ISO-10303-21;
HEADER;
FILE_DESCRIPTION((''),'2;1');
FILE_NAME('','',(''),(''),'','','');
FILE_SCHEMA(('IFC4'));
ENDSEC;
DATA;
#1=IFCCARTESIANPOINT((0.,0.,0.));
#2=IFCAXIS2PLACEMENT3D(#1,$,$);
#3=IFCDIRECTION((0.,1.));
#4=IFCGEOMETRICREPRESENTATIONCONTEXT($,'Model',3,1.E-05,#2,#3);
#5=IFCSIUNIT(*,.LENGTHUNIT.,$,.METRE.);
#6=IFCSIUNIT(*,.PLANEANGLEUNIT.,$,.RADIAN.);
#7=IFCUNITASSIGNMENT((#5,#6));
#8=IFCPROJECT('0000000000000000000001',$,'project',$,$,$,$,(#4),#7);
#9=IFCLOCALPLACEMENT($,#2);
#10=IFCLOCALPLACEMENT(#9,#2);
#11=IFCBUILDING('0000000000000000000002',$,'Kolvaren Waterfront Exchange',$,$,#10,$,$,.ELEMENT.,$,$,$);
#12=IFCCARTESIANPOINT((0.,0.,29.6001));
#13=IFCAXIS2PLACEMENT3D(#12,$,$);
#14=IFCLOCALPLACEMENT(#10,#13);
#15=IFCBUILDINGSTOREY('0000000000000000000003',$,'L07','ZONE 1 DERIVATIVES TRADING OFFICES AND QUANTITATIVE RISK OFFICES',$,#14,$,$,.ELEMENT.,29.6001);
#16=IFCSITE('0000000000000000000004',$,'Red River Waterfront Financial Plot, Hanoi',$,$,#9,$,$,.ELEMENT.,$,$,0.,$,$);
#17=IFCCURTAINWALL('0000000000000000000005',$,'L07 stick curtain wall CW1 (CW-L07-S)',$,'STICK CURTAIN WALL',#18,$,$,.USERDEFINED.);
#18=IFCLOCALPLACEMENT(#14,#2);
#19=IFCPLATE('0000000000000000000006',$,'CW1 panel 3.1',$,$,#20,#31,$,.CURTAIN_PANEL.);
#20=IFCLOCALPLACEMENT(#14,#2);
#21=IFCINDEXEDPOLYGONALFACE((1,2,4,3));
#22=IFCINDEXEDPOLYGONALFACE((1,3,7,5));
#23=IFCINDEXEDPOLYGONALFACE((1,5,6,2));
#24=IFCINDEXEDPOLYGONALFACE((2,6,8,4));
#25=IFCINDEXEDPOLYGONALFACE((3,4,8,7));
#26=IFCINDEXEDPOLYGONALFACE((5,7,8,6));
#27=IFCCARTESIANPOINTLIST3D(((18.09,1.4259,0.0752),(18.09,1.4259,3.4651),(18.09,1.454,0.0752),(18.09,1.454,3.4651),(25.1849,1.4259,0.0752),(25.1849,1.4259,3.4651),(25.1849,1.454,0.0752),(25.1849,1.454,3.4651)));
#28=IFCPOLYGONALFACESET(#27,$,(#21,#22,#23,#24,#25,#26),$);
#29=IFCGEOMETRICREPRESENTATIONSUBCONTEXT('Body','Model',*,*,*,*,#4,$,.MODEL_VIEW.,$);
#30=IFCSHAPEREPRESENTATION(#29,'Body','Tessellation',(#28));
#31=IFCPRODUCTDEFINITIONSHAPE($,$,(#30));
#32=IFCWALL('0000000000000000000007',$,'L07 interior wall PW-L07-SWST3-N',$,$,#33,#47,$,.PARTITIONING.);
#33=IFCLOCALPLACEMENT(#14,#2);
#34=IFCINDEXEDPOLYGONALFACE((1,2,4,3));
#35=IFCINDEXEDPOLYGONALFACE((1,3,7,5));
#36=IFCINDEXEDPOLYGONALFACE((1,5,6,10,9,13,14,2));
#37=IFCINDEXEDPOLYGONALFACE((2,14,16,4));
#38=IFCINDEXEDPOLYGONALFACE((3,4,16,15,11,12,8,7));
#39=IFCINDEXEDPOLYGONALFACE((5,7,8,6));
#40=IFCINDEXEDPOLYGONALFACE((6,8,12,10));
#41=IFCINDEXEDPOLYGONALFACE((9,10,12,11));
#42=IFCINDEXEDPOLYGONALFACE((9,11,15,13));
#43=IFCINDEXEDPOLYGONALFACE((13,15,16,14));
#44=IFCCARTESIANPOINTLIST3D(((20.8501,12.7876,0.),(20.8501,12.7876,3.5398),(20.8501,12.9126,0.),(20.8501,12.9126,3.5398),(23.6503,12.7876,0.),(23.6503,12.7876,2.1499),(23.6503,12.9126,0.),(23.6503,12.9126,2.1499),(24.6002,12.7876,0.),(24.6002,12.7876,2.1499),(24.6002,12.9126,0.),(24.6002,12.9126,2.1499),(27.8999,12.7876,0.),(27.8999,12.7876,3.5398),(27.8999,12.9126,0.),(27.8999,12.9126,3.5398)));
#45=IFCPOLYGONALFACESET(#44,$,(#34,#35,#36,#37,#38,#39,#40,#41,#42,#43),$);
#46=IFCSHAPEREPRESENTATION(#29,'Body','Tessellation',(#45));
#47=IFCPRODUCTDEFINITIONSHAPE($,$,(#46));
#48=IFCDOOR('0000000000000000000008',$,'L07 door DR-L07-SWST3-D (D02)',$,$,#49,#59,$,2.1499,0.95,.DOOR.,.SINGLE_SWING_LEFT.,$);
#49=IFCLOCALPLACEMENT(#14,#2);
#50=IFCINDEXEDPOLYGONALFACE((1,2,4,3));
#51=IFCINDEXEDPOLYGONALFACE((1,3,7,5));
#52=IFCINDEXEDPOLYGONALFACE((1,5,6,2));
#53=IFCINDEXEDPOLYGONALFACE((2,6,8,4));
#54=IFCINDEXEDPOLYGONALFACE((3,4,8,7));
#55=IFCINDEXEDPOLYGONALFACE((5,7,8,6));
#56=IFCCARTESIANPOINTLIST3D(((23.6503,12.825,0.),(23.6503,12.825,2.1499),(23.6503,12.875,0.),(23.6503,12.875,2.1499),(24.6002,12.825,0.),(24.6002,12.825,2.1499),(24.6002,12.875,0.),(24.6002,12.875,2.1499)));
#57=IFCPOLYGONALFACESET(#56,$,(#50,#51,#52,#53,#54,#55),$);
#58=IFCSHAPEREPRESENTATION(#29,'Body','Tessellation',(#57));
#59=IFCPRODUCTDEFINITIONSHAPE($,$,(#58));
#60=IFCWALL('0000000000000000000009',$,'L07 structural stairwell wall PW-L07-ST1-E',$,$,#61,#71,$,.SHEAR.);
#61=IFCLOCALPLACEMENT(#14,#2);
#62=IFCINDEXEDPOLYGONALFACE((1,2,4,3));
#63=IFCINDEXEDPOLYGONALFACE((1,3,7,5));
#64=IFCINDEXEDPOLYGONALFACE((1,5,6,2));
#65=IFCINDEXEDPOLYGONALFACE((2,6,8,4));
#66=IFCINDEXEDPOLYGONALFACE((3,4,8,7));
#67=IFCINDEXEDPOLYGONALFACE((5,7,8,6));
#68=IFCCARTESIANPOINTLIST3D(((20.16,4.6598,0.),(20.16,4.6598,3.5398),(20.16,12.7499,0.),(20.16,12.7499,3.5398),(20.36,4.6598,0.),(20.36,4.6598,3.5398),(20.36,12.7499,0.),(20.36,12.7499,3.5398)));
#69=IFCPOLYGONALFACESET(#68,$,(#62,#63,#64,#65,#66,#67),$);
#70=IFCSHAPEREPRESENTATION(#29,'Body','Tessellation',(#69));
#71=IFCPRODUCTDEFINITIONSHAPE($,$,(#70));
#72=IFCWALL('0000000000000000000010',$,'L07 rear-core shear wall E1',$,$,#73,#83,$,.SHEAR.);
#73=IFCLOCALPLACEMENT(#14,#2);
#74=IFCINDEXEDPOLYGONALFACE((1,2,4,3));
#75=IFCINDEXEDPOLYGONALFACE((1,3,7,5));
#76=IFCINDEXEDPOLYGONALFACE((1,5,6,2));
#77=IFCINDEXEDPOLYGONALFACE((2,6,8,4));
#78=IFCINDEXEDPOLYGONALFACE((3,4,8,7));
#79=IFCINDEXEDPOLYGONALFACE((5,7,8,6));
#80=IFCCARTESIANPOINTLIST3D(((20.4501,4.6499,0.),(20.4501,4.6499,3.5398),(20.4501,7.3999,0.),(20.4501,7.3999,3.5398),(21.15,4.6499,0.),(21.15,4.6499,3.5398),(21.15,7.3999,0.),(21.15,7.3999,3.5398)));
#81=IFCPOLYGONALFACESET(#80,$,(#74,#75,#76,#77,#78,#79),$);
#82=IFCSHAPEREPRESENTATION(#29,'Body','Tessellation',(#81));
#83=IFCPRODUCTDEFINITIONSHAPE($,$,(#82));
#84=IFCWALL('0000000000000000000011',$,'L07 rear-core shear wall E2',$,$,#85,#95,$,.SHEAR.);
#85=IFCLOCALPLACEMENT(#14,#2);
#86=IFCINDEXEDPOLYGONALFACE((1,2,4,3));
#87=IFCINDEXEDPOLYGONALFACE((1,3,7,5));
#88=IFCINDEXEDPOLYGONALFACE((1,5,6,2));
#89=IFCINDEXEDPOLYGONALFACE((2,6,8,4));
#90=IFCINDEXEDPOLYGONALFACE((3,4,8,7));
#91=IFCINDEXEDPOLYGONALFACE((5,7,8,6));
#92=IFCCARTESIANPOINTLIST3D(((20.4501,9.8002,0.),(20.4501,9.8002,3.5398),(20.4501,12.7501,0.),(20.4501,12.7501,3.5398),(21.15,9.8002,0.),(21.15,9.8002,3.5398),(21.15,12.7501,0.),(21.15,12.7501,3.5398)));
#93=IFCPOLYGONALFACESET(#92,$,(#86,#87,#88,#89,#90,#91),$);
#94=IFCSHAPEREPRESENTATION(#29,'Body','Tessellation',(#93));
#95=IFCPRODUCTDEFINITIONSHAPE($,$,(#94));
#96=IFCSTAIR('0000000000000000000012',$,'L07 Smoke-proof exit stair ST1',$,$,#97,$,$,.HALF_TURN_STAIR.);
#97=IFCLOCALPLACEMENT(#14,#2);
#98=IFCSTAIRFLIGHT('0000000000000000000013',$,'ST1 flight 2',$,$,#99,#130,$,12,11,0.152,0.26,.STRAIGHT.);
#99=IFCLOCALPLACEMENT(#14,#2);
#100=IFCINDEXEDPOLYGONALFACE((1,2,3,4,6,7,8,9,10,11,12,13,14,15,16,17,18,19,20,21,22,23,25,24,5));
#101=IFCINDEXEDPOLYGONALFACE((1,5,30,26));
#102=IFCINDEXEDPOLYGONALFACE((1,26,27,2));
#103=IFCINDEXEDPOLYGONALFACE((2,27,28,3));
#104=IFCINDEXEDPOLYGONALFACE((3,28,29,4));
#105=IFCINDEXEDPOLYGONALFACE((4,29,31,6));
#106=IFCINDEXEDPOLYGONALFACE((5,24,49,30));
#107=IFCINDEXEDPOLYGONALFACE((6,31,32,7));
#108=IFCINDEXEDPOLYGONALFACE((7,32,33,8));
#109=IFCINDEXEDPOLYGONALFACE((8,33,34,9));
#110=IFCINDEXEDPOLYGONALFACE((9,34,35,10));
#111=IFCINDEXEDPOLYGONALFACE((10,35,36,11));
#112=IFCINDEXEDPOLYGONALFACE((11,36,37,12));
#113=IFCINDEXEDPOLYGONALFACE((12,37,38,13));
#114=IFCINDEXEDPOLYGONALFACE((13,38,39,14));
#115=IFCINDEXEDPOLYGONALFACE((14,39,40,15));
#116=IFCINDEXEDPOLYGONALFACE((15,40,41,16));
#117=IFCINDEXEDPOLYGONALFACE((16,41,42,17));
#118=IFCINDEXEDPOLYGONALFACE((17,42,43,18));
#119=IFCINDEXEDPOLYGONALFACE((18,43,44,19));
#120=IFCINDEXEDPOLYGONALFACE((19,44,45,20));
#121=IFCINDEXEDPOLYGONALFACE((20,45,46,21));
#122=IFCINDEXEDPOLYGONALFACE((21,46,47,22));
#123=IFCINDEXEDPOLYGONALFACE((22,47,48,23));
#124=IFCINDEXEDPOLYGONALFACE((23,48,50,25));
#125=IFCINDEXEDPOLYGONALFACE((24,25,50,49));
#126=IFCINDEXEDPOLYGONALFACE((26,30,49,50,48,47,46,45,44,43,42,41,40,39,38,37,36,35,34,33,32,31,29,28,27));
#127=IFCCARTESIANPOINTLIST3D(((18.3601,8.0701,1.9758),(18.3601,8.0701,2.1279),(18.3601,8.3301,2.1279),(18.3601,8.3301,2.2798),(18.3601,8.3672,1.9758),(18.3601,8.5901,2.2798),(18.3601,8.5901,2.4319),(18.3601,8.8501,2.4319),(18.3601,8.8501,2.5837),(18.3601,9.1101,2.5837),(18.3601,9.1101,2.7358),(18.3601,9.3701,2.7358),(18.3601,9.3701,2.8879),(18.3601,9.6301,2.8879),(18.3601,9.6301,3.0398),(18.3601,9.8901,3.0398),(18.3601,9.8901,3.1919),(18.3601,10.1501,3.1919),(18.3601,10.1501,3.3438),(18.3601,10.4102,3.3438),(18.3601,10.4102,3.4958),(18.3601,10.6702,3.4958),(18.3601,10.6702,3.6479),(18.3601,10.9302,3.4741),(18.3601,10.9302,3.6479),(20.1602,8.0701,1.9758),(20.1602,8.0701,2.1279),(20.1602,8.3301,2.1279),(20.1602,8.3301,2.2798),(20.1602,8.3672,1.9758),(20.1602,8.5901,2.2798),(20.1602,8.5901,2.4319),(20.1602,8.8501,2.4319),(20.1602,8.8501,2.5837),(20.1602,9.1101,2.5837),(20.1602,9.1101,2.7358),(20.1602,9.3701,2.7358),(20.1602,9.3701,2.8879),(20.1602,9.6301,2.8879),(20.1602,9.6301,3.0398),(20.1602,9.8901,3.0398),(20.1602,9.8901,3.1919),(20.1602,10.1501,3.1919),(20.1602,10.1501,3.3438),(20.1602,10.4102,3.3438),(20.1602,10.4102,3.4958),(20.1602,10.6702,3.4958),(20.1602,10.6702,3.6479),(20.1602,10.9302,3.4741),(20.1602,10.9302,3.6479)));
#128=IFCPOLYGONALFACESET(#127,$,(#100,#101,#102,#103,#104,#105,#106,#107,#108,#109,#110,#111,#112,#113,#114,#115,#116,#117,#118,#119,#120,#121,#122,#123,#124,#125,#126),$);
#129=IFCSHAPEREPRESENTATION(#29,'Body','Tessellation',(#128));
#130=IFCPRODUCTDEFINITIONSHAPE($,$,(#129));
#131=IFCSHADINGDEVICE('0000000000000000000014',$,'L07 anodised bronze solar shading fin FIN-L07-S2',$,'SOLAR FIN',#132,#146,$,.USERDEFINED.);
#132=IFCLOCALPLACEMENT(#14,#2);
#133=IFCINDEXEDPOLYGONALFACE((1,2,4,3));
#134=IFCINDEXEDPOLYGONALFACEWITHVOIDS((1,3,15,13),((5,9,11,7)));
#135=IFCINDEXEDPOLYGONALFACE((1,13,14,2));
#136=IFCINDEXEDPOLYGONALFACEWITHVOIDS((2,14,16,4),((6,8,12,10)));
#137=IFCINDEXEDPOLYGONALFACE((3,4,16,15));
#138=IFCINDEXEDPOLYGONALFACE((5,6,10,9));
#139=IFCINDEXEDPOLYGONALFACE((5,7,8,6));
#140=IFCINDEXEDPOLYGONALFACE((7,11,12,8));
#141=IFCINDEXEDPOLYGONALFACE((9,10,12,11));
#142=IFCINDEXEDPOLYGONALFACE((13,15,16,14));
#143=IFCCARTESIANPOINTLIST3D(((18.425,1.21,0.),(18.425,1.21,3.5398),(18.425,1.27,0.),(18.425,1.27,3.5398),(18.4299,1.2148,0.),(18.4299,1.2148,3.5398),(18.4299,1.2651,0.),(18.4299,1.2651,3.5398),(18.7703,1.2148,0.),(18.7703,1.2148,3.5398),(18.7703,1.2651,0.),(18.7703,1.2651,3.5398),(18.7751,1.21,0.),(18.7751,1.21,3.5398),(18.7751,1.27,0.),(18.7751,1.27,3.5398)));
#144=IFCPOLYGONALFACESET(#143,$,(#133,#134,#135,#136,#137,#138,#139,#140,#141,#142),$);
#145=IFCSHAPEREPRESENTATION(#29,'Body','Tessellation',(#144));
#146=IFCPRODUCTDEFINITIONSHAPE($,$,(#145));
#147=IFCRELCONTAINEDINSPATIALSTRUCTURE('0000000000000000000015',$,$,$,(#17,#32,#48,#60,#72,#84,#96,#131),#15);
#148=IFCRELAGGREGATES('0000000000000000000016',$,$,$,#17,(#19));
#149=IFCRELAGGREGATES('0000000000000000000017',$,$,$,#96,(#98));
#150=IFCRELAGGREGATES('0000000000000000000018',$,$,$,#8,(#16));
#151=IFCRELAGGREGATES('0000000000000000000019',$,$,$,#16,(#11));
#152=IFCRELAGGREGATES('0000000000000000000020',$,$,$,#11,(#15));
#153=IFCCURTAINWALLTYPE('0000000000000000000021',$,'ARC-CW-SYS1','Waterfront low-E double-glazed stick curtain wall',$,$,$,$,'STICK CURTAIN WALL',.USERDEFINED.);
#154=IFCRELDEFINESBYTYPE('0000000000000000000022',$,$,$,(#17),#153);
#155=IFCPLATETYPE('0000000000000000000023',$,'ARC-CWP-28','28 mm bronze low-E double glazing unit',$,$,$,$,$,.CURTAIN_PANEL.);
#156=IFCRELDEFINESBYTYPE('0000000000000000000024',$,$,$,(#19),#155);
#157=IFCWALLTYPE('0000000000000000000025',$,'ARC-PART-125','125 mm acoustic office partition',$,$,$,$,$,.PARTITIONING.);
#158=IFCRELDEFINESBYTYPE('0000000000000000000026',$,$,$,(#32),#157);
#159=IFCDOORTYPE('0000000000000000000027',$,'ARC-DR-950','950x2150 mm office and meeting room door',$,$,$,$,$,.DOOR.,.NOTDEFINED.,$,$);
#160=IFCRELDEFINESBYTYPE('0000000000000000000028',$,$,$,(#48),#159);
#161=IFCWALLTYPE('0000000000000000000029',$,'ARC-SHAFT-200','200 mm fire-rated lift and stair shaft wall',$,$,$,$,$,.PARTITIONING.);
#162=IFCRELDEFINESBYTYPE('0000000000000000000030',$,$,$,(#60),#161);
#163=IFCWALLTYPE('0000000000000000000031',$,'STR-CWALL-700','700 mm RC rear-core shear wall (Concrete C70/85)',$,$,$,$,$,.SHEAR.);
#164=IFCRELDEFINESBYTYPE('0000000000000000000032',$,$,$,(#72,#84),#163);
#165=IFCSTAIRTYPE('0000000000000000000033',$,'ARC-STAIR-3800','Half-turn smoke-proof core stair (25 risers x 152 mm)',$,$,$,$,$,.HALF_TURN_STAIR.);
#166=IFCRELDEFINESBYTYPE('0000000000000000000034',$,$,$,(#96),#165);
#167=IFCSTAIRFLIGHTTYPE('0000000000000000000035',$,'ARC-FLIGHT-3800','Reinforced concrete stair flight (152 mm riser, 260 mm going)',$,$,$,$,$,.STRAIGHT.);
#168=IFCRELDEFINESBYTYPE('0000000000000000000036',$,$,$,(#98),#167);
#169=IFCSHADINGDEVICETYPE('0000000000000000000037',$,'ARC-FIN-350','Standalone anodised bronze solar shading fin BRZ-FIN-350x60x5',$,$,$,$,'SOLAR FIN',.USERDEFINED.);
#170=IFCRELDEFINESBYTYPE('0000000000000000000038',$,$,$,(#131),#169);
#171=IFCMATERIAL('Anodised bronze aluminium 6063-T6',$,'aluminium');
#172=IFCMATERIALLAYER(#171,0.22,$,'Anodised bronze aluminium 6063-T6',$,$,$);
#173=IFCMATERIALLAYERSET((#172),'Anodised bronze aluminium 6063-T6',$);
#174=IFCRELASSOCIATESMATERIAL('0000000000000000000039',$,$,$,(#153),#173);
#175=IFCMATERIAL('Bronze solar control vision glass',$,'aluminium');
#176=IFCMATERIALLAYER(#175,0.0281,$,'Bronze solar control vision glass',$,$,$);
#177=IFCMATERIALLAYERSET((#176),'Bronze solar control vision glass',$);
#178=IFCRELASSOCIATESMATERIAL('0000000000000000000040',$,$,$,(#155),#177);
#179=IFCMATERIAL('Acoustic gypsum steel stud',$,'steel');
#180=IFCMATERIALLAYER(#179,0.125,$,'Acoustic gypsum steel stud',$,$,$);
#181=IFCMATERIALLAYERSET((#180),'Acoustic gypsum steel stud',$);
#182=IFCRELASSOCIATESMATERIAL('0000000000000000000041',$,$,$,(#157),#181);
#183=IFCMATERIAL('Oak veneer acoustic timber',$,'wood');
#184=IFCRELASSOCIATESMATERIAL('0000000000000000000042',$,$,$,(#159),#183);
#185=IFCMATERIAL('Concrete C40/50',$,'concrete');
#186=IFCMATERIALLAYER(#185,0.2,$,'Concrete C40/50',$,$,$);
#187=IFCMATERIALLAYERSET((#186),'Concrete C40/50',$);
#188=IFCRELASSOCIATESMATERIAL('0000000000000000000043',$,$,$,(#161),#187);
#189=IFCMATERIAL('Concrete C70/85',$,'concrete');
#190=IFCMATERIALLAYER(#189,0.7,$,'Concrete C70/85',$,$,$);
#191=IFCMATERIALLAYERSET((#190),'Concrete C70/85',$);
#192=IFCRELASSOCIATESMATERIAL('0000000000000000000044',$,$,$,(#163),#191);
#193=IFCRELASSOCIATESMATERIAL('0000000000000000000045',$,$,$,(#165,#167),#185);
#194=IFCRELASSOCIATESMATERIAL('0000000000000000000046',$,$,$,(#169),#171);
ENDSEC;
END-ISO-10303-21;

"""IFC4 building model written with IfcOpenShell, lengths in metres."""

from ifc_helpers import new_model, si_unit, direction, frame, frame_2d, origin, origin_with_axes, origin_2d, place, context, subcontext, project, spatial, polyline, rectangle, hollow_rectangle, outline, extrude, source, transform, mapped, material, layer, layer_set, material_profile, profile_set, type_object, element, fill, aggregate, save


model = new_model("IFC4")

# Units and contexts
model_context = context("Model", 3, precision=1e-05, world=origin(), true_north=direction((0.0, 1.0)))
body_context = subcontext(model_context, "Body", "Model", "MODEL_VIEW")
ifc_project = project(units=[si_unit("LENGTHUNIT", "METRE"), si_unit("PLANEANGLEUNIT", "RADIAN")], contexts=[model_context])

# Site, building, storey
site_placement = place(None, origin())
site = spatial("IfcSite", under=ifc_project, at=site_placement, Name="Red River Waterfront Financial Plot, Hanoi", CompositionType="ELEMENT", RefElevation=0.0)
building_placement = place(site_placement, origin())
building = spatial("IfcBuilding", under=site, at=building_placement, Name="Kolvaren Waterfront Exchange", CompositionType="ELEMENT")
storey_placement = place(building_placement, frame((0.0, 0.0, 29.6001)))
storey = spatial("IfcBuildingStorey", under=building, at=storey_placement, Name="L07", Description="ZONE 1 DERIVATIVES TRADING OFFICES AND QUANTITATIVE RISK OFFICES", CompositionType="ELEMENT", Elevation=29.6001)

# Shared definitions
ifc_material_1 = material(Name="Concrete C70/85", Category="concrete")

# Curtain wall, plate
ifc_material_2 = material(Name="Anodised bronze aluminium 6063-T6", Category="aluminium")
ifc_layer_1 = layer(ifc_material_2, 0.22, Name="Anodised bronze aluminium 6063-T6")
ifc_layer_set_1 = layer_set([ifc_layer_1], Name="Anodised bronze aluminium 6063-T6")
curtain_wall_type = type_object("IfcCurtainWallType", Name="ARC-CW-SYS1", Description="Waterfront low-E double-glazed stick curtain wall", ElementType="STICK CURTAIN WALL", PredefinedType="USERDEFINED", material=ifc_layer_set_1)
curtain_wall_placement = place(storey_placement, origin())
curtain_wall = element("IfcCurtainWall", 1, at=curtain_wall_placement, inside=storey, type_object=curtain_wall_type, Name="L07 stick curtain wall CW1 (CW-L07-S)", ObjectType="STICK CURTAIN WALL", PredefinedType="USERDEFINED")
ifc_material_3 = material(Name="Bronze solar control vision glass", Category="aluminium")
ifc_layer_2 = layer(ifc_material_3, 0.0281, Name="Bronze solar control vision glass")
ifc_layer_set_2 = layer_set([ifc_layer_2], Name="Bronze solar control vision glass")
plate_type = type_object("IfcPlateType", Name="ARC-CWP-28", Description="28 mm bronze low-E double glazing unit", PredefinedType="CURTAIN_PANEL", material=ifc_layer_set_2)
shared_shape_1 = source(origin_with_axes(), body_context, "Body", "SweptSolid", [
    extrude(rectangle(XDim=7.095, YDim=0.0281, at=origin_2d()), origin(), (0.0, 0.0, 1.0), 3.3899),
])
plate_placement = place(storey_placement, frame((21.6375, 1.4399, 0.0752), z_axis=(0.0, 0.0, 1.0), x_axis=(1.0, 0.0, 0.0)))
plate = element("IfcPlate", 2, at=plate_placement, type_object=plate_type, Name="CW1 panel 3.1", PredefinedType="CURTAIN_PANEL", context=body_context, shape_type="MappedRepresentation", body=[
    mapped(shared_shape_1, transform((0.0, 0.0, 0.0), x_axis=(1.0, 0.0, 0.0), y_axis=(0.0, 1.0, 0.0), z_axis=(0.0, 0.0, 1.0), scale=1.0)),
])
aggregate(curtain_wall, [plate])

# Wall, opening, door
ifc_material_4 = material(Name="Acoustic gypsum steel stud", Category="steel")
ifc_layer_3 = layer(ifc_material_4, 0.125, Name="Acoustic gypsum steel stud")
ifc_layer_set_3 = layer_set([ifc_layer_3], Name="Acoustic gypsum steel stud")
wall_type_1 = type_object("IfcWallType", Name="ARC-PART-125", Description="125 mm acoustic office partition", PredefinedType="PARTITIONING", material=ifc_layer_set_3)
wall_1_placement = place(storey_placement, frame((20.8501, 12.8501, 0.0), z_axis=(0.0, 0.0, 1.0), x_axis=(1.0, 0.0, 0.0)))
wall_1 = element("IfcWall", 3, at=wall_1_placement, inside=storey, type_object=wall_type_1, Name="L07 interior wall PW-L07-SWST3-N", PredefinedType="PARTITIONING", context=body_context, shape_type="SweptSolid", body=[
    extrude(rectangle(XDim=7.0498, YDim=0.125, at=frame_2d((3.5249, 0.0))), origin(), (0.0, 0.0, 1.0), 3.5398),
])
opening_placement = place(wall_1_placement, frame((2.8, 0.0, 0.0)))
opening = element("IfcOpeningElement", 4, at=opening_placement, cuts=wall_1, PredefinedType="OPENING", context=body_context, shape_type="SweptSolid", body=[
    extrude(rectangle(XDim=0.95, YDim=2.1499, at=frame_2d((0.4751, 1.075))), frame((0.0, 0.0725, 0.0), z_axis=(0.0, -1.0, 0.0), x_axis=(1.0, 0.0, 0.0)), (0.0, 0.0, 1.0), 0.145),
])
ifc_material_5 = material(Name="Oak veneer acoustic timber", Category="wood")
door_type = type_object("IfcDoorType", Name="ARC-DR-950", Description="950x2150 mm office and meeting room door", OperationType="NOTDEFINED", PredefinedType="DOOR", material=ifc_material_5)
door_placement = place(opening_placement, origin())
door = element("IfcDoor", 5, at=door_placement, inside=storey, type_object=door_type, Name="L07 door DR-L07-SWST3-D (D02)", OperationType="SINGLE_SWING_LEFT", OverallHeight=2.1499, OverallWidth=0.95, PredefinedType="DOOR", context=body_context, shape_type="SweptSolid", body=[
    extrude(rectangle(XDim=0.95, YDim=2.1499, at=frame_2d((0.4751, 1.075))), frame((0.0, 0.0249, 0.0), z_axis=(0.0, -1.0, 0.0), x_axis=(1.0, 0.0, 0.0)), (0.0, 0.0, 1.0), 0.05),
])
fill(opening, door)

# Walls
ifc_material_6 = material(Name="Concrete C40/50", Category="concrete")
ifc_layer_4 = layer(ifc_material_6, 0.2, Name="Concrete C40/50")
ifc_layer_set_4 = layer_set([ifc_layer_4], Name="Concrete C40/50")
wall_type_2 = type_object("IfcWallType", Name="ARC-SHAFT-200", Description="200 mm fire-rated lift and stair shaft wall", PredefinedType="PARTITIONING", material=ifc_layer_set_4)
wall_2_placement = place(storey_placement, frame((20.26, 4.6599, 0.0), z_axis=(0.0, 0.0, 1.0), x_axis=(0.0, 1.0, 0.0)))
element("IfcWall", 6, at=wall_2_placement, inside=storey, type_object=wall_type_2, Name="L07 structural stairwell wall PW-L07-ST1-E", PredefinedType="SHEAR", context=body_context, shape_type="SweptSolid", body=[
    extrude(rectangle(XDim=8.0901, YDim=0.2, at=frame_2d((4.0449, 0.0))), origin(), (0.0, 0.0, 1.0), 3.5398),
])
ifc_layer_5 = layer(ifc_material_1, 0.7, Name="Concrete C70/85")
ifc_layer_set_5 = layer_set([ifc_layer_5], Name="Concrete C70/85")
wall_type_3 = type_object("IfcWallType", Name="STR-CWALL-700", Description="700 mm RC rear-core shear wall (Concrete C70/85)", PredefinedType="SHEAR", material=ifc_layer_set_5)
wall_3_placement = place(storey_placement, frame((20.8, 4.6499, 0.0), z_axis=(0.0, 0.0, 1.0), x_axis=(0.0, 1.0, 0.0)))
element("IfcWall", 7, at=wall_3_placement, inside=storey, type_object=wall_type_3, Name="L07 rear-core shear wall E1", PredefinedType="SHEAR", context=body_context, shape_type="SweptSolid", body=[
    extrude(rectangle(XDim=2.75, YDim=0.7, at=frame_2d((1.375, 0.0))), origin(), (0.0, 0.0, 1.0), 3.5398),
])
wall_4_placement = place(storey_placement, frame((20.8, 9.8, 0.0), z_axis=(0.0, 0.0, 1.0), x_axis=(0.0, 1.0, 0.0)))
element("IfcWall", 8, at=wall_4_placement, inside=storey, type_object=wall_type_3, Name="L07 rear-core shear wall E2", PredefinedType="SHEAR", context=body_context, shape_type="SweptSolid", body=[
    extrude(rectangle(XDim=2.95, YDim=0.7, at=frame_2d((1.4751, 0.0))), origin(), (0.0, 0.0, 1.0), 3.5398),
])

# Stair, stair flight
stair_type = type_object("IfcStairType", Name="ARC-STAIR-3800", Description="Half-turn smoke-proof core stair (25 risers x 152 mm)", PredefinedType="HALF_TURN_STAIR", material=ifc_material_6)
stair_placement = place(storey_placement, origin())
stair = element("IfcStair", 9, at=stair_placement, inside=storey, type_object=stair_type, Name="L07 Smoke-proof exit stair ST1", PredefinedType="HALF_TURN_STAIR")
stair_flight_type = type_object("IfcStairFlightType", Name="ARC-FLIGHT-3800", Description="Reinforced concrete stair flight (152 mm riser, 260 mm going)", PredefinedType="STRAIGHT", material=ifc_material_6)
stair_flight_placement = place(storey_placement, frame((19.26, 8.0701, 1.9758), z_axis=(0.0, 0.0, 1.0), x_axis=(0.0, 1.0, 0.0)))
stair_flight = element("IfcStairFlight", 10, at=stair_flight_placement, type_object=stair_flight_type, Name="ST1 flight 2", NumberOfRisers=12, NumberOfTreads=11, PredefinedType="STRAIGHT", RiserHeight=0.152, TreadLength=0.26, context=body_context, shape_type="SweptSolid", body=[
    extrude(outline(polyline([(0.0, 0.0), (0.0, 0.1521), (0.26, 0.1521), (0.26, 0.304), (0.52, 0.304), (0.52, 0.4561), (0.78, 0.4561), (0.78, 0.6079), (1.04, 0.6079), (1.04, 0.76), (1.3, 0.76), (1.3, 0.9121), (1.5601, 0.9121), (1.5601, 1.064), (1.8201, 1.064), (1.8201, 1.2161), (2.0801, 1.2161), (2.0801, 1.3679), (2.3401, 1.3679), (2.3401, 1.52), (2.6001, 1.52), (2.6001, 1.6721), (2.8601, 1.6721), (2.8601, 1.824), (2.8601, 1.4983), (0.2971, 0.0), (0.0, 0.0)])), frame((0.0, 0.8999, 0.0), z_axis=(0.0, -1.0, 0.0), x_axis=(1.0, 0.0, 0.0)), (0.0, 0.0, 1.0), 1.8),
])
aggregate(stair, [stair_flight])

# Shading device
ifc_material_profile_1 = material_profile(ifc_material_2, hollow_rectangle(XDim=0.0601, YDim=0.3501, WallThickness=0.0049, at=origin_2d()), Name="BRZ-FIN-350x60x5")
ifc_profile_set_1 = profile_set([ifc_material_profile_1], Name="Anodised bronze aluminium 6063-T6")
shading_device_type = type_object("IfcShadingDeviceType", Name="ARC-FIN-350", Description="Standalone anodised bronze solar shading fin BRZ-FIN-350x60x5", ElementType="SOLAR FIN", PredefinedType="USERDEFINED", material=ifc_profile_set_1)
shading_device_placement = place(storey_placement, frame((18.6001, 1.24, 0.0), z_axis=(0.0, 0.0, 1.0), x_axis=(0.0, -1.0, 0.0)))
element("IfcShadingDevice", 11, at=shading_device_placement, inside=storey, type_object=shading_device_type, Name="L07 anodised bronze solar shading fin FIN-L07-S2", ObjectType="SOLAR FIN", PredefinedType="USERDEFINED", context=body_context, shape_type="SweptSolid", body=[
    extrude(hollow_rectangle(XDim=0.0601, YDim=0.3501, WallThickness=0.0049, at=origin_2d()), origin(), (0.0, 0.0, 1.0), 3.5398),
])

save(model, "model.ifc")
